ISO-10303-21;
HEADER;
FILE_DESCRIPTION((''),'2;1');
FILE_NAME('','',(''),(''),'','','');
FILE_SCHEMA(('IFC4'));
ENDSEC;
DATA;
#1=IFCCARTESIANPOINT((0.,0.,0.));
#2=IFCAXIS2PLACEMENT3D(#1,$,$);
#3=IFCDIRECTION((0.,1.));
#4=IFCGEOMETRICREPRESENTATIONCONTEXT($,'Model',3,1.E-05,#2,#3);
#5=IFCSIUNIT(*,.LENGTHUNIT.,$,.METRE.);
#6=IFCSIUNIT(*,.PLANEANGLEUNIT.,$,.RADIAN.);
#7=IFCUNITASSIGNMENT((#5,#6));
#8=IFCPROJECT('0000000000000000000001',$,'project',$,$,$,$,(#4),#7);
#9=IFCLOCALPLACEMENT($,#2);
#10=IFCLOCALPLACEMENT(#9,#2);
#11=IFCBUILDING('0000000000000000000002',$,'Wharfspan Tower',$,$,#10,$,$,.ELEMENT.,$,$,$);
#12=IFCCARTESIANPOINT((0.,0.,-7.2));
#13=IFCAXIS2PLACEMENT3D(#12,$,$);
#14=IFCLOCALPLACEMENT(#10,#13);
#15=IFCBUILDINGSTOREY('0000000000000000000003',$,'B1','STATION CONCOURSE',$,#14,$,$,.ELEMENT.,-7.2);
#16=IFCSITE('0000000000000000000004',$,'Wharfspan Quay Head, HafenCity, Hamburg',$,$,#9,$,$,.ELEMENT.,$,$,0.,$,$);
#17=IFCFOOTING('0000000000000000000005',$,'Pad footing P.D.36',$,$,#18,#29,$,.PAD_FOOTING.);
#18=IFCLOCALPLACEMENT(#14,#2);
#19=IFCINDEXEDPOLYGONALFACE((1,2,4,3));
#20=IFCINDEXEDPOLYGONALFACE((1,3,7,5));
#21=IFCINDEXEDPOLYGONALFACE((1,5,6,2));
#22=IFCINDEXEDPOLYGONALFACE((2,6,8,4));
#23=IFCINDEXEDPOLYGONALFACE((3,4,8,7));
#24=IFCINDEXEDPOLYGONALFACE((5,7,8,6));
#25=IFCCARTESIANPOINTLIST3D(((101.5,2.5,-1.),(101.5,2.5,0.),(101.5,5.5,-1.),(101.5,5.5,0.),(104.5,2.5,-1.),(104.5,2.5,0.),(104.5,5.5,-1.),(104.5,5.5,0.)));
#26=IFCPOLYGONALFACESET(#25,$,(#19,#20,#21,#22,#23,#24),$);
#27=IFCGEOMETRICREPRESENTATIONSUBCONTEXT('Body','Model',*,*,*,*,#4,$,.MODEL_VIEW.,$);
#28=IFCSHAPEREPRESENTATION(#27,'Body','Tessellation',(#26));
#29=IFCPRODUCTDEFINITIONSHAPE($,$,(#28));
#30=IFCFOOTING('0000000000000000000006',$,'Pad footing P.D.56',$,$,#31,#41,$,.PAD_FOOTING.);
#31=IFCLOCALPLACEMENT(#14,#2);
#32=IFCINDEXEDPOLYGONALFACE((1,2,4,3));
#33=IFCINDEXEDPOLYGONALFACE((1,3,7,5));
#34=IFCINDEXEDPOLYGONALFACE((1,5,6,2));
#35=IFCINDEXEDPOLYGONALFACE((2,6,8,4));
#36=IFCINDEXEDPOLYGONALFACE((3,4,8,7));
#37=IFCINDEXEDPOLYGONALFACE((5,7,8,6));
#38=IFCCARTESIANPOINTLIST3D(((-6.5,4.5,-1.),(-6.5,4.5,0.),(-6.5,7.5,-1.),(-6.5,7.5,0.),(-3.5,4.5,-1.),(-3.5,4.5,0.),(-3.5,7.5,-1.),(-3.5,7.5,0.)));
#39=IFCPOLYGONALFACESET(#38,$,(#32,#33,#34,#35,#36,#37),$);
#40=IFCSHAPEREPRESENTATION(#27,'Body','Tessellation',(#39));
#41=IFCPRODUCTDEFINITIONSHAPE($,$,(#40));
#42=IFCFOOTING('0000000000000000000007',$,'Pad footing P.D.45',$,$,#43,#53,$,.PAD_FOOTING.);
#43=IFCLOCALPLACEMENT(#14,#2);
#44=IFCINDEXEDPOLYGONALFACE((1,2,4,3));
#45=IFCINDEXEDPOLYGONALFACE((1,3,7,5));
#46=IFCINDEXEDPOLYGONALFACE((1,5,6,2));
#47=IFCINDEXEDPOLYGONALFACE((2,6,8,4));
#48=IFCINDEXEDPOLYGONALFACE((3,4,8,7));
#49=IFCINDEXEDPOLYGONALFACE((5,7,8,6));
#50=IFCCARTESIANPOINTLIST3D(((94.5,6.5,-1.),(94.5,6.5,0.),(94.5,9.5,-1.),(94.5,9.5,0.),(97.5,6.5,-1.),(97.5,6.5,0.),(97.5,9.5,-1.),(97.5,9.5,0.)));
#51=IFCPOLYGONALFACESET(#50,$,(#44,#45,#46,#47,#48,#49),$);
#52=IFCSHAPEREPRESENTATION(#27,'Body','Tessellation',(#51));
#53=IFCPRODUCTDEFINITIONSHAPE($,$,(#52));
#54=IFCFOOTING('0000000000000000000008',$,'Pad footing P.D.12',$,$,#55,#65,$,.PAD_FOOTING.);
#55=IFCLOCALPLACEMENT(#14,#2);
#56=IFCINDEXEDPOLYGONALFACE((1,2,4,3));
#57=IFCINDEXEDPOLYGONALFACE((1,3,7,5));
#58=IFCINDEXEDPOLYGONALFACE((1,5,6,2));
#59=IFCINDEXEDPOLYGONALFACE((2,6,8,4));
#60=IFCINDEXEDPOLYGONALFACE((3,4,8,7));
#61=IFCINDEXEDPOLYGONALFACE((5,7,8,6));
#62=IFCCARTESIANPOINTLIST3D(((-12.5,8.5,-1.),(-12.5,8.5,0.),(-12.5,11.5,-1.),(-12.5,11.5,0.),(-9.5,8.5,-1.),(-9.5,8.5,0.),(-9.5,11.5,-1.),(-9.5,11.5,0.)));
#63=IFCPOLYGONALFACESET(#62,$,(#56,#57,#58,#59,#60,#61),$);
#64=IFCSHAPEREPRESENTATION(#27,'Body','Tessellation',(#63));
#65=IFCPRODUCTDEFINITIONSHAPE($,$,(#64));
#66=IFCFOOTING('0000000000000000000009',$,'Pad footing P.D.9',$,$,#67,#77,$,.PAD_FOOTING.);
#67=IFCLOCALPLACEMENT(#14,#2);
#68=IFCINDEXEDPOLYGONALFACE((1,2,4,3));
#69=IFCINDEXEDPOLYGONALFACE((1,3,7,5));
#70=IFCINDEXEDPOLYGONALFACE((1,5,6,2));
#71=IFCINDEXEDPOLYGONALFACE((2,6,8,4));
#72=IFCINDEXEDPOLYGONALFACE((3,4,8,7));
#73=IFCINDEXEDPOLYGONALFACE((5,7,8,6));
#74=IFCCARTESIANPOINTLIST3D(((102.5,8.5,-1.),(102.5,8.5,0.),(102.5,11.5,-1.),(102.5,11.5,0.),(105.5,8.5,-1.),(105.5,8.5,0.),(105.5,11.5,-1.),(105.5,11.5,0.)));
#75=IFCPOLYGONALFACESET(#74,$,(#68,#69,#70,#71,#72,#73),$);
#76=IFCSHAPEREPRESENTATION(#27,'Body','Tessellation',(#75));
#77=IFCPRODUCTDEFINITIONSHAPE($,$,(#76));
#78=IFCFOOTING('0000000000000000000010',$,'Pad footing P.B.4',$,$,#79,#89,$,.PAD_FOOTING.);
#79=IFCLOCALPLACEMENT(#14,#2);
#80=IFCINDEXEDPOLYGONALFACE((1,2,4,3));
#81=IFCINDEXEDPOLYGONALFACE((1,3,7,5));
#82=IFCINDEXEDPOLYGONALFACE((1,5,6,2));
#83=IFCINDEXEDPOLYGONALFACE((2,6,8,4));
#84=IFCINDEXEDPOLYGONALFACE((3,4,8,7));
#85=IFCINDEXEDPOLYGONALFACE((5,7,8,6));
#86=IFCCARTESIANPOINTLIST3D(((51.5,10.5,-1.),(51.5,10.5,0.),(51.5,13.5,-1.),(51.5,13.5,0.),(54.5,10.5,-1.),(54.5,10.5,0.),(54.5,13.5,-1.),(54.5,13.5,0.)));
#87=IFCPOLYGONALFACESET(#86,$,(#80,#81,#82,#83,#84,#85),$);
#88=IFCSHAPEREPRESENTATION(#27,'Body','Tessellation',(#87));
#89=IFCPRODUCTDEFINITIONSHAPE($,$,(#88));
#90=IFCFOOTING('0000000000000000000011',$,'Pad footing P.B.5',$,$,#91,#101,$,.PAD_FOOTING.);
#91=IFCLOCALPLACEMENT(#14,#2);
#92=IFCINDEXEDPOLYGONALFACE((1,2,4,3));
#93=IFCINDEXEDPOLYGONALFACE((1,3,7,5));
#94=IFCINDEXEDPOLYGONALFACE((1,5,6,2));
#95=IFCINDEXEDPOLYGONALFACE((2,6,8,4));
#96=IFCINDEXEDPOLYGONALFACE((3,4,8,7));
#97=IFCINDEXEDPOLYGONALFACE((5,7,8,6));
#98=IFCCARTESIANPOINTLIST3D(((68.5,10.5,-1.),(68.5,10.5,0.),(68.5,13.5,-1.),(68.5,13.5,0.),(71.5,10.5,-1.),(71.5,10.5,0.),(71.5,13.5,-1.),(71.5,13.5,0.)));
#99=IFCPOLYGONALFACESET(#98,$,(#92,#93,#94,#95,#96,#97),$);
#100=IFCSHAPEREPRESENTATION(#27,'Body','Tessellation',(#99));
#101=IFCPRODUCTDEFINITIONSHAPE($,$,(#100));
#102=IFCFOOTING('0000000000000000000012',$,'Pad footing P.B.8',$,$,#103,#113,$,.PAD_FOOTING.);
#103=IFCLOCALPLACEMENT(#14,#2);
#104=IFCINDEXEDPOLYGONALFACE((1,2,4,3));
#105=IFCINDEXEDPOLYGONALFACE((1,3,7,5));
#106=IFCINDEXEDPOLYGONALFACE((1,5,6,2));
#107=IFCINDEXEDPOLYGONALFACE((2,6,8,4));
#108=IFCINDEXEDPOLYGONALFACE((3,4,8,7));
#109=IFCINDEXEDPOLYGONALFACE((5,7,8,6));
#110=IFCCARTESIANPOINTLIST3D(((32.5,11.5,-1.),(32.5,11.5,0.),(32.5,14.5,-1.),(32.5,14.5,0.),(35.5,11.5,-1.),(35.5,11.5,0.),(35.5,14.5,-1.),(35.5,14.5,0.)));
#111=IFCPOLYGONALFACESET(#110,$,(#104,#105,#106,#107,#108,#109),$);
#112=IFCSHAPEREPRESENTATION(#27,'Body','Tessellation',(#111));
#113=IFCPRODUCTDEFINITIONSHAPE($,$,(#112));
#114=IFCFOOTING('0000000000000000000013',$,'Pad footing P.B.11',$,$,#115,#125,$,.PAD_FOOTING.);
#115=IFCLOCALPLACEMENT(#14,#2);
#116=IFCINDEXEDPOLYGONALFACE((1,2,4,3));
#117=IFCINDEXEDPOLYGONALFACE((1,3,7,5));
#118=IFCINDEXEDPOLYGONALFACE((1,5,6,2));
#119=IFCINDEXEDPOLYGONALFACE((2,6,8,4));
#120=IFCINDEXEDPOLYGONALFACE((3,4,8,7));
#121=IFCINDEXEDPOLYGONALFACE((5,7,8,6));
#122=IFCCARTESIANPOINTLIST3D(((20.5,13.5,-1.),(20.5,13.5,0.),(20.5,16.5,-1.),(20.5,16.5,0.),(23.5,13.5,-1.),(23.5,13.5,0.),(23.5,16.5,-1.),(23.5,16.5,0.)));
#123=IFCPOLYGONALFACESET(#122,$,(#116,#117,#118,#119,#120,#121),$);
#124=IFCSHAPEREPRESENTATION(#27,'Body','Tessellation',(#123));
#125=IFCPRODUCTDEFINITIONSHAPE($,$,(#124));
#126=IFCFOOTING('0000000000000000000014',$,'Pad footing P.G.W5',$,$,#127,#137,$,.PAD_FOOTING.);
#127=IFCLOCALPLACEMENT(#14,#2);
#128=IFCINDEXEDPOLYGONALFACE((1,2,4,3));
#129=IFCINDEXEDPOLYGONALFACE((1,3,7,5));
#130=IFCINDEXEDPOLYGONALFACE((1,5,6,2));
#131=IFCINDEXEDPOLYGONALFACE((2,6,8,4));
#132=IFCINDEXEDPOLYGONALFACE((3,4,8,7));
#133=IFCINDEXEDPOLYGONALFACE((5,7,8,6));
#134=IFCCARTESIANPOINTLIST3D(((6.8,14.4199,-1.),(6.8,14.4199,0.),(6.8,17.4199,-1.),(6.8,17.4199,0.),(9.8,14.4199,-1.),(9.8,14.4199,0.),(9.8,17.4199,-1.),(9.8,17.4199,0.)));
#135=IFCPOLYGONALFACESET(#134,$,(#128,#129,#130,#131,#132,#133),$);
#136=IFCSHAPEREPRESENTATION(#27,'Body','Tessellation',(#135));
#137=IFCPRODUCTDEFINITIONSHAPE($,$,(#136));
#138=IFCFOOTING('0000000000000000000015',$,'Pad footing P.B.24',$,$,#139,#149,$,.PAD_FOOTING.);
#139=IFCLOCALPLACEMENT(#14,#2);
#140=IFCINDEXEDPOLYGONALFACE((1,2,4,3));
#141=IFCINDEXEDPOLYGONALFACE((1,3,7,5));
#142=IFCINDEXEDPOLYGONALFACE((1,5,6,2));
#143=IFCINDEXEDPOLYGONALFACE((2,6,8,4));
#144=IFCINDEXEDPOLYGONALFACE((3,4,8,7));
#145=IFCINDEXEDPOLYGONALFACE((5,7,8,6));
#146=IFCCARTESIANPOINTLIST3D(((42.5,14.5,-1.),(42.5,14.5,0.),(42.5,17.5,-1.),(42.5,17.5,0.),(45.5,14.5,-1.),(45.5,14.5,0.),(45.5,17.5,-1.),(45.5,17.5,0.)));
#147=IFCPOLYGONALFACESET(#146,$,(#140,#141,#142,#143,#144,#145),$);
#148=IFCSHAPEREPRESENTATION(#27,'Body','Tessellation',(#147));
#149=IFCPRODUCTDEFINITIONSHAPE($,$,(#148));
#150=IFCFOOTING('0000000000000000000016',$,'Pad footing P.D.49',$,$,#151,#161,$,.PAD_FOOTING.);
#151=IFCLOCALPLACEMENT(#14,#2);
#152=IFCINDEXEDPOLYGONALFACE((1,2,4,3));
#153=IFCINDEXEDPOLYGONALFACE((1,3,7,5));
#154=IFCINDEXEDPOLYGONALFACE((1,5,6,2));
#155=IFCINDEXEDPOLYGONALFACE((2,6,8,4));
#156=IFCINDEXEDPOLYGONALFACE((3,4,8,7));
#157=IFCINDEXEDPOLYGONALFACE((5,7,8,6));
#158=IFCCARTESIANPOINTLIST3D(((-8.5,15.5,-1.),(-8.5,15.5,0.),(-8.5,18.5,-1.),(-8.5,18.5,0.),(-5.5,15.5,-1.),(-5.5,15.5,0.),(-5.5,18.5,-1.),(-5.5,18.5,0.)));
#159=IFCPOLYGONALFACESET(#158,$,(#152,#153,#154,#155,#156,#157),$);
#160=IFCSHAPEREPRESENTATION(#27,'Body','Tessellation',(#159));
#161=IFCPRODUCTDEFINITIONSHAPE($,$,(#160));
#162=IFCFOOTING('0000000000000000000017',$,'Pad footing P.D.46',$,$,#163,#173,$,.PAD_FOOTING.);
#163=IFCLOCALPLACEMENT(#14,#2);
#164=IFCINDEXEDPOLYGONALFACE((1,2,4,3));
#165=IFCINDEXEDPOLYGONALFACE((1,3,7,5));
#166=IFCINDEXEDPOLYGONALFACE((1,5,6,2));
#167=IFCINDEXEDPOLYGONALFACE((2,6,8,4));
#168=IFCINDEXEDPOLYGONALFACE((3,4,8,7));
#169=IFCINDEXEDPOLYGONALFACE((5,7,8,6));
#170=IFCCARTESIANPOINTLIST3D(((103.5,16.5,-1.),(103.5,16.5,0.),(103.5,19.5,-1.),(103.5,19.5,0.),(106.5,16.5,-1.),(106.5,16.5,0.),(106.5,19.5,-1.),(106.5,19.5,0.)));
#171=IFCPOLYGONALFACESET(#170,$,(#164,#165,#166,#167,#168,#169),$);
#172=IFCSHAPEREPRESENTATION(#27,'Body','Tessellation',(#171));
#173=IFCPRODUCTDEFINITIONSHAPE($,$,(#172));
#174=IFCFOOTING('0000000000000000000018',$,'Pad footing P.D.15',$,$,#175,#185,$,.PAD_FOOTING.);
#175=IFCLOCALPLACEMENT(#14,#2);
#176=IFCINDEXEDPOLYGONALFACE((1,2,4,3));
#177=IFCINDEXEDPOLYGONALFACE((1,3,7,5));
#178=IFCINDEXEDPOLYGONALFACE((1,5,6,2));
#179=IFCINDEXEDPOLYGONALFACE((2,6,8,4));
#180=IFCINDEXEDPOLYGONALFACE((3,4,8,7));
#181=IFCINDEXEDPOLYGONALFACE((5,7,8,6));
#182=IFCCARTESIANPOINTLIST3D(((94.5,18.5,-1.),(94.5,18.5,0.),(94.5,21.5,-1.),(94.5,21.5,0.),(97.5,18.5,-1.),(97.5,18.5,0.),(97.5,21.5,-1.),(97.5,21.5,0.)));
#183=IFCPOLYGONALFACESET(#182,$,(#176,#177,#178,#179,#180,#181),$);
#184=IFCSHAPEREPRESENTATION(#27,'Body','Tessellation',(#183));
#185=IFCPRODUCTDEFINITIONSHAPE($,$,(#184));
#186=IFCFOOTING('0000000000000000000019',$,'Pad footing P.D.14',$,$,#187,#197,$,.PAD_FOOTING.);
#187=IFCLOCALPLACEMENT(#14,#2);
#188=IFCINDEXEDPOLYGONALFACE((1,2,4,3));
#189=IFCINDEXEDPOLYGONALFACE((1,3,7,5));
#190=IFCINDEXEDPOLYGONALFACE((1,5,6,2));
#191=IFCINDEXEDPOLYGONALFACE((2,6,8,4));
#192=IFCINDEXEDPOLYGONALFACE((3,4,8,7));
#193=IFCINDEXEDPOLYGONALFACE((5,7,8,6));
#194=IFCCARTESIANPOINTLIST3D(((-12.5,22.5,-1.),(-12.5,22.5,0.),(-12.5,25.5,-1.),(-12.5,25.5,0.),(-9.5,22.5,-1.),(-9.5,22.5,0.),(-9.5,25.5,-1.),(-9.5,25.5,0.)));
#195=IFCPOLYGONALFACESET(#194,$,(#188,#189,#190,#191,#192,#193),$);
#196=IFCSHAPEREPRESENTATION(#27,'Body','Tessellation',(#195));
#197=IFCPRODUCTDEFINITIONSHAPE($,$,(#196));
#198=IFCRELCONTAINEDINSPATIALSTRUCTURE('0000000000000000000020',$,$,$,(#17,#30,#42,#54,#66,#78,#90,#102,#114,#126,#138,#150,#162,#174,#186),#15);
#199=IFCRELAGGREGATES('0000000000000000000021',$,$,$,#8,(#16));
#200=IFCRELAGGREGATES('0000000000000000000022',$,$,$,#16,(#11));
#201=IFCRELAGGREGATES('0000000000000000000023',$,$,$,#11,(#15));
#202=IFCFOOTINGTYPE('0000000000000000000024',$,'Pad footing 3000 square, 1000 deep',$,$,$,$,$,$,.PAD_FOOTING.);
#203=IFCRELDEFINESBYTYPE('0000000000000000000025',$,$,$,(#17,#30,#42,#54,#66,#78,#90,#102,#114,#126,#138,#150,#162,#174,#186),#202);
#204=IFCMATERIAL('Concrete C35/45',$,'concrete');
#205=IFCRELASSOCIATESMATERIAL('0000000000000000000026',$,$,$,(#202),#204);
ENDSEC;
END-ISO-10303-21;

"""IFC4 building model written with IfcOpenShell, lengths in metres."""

from ifc_helpers import new_model, si_unit, direction, frame, origin, place, context, subcontext, project, spatial, polyline, outline, extrude, material, type_object, element, save


model = new_model("IFC4")

# Units and contexts
model_context = context("Model", 3, precision=1e-05, world=origin(), true_north=direction((0.0, 1.0)))
body_context = subcontext(model_context, "Body", "Model", "MODEL_VIEW")
ifc_project = project(units=[si_unit("LENGTHUNIT", "METRE"), si_unit("PLANEANGLEUNIT", "RADIAN")], contexts=[model_context])

# Site, building, storey
site_placement = place(None, origin())
site = spatial("IfcSite", under=ifc_project, at=site_placement, Name="Wharfspan Quay Head, HafenCity, Hamburg", CompositionType="ELEMENT", RefElevation=0.0)
building_placement = place(site_placement, origin())
building = spatial("IfcBuilding", under=site, at=building_placement, Name="Wharfspan Tower", CompositionType="ELEMENT")
storey_placement = place(building_placement, frame((0.0, 0.0, -7.2)))
storey = spatial("IfcBuildingStorey", under=building, at=storey_placement, Name="B1", Description="STATION CONCOURSE", CompositionType="ELEMENT", Elevation=-7.2)

# Footings
ifc_material_1 = material(Name="Concrete C35/45", Category="concrete")
footing_type_1 = type_object("IfcFootingType", Name="Pad footing 3000 square, 1000 deep", PredefinedType="PAD_FOOTING", material=ifc_material_1)
footing_1_placement = place(storey_placement, frame((0.0, 0.0, -1.0)))
element("IfcFooting", 1, at=footing_1_placement, inside=storey, type_object=footing_type_1, Name="Pad footing P.D.36", PredefinedType="PAD_FOOTING", context=body_context, shape_type="SweptSolid", body=[
    extrude(outline(polyline([(101.5, 2.5), (104.5, 2.5), (104.5, 5.5), (101.5, 5.5), (101.5, 2.5)])), origin(), (0.0, 0.0, 1.0), 1.0),
])
footing_2_placement = place(storey_placement, frame((0.0, 0.0, -1.0)))
element("IfcFooting", 2, at=footing_2_placement, inside=storey, type_object=footing_type_1, Name="Pad footing P.D.56", PredefinedType="PAD_FOOTING", context=body_context, shape_type="SweptSolid", body=[
    extrude(outline(polyline([(-6.5, 4.5), (-3.5, 4.5), (-3.5, 7.5), (-6.5, 7.5), (-6.5, 4.5)])), origin(), (0.0, 0.0, 1.0), 1.0),
])
footing_3_placement = place(storey_placement, frame((0.0, 0.0, -1.0)))
element("IfcFooting", 3, at=footing_3_placement, inside=storey, type_object=footing_type_1, Name="Pad footing P.D.45", PredefinedType="PAD_FOOTING", context=body_context, shape_type="SweptSolid", body=[
    extrude(outline(polyline([(94.5, 6.5), (97.5, 6.5), (97.5, 9.5), (94.5, 9.5), (94.5, 6.5)])), origin(), (0.0, 0.0, 1.0), 1.0),
])
footing_4_placement = place(storey_placement, frame((0.0, 0.0, -1.0)))
element("IfcFooting", 4, at=footing_4_placement, inside=storey, type_object=footing_type_1, Name="Pad footing P.D.12", PredefinedType="PAD_FOOTING", context=body_context, shape_type="SweptSolid", body=[
    extrude(outline(polyline([(-12.5, 8.5), (-9.5, 8.5), (-9.5, 11.5), (-12.5, 11.5), (-12.5, 8.5)])), origin(), (0.0, 0.0, 1.0), 1.0),
])
footing_5_placement = place(storey_placement, frame((0.0, 0.0, -1.0)))
element("IfcFooting", 5, at=footing_5_placement, inside=storey, type_object=footing_type_1, Name="Pad footing P.D.9", PredefinedType="PAD_FOOTING", context=body_context, shape_type="SweptSolid", body=[
    extrude(outline(polyline([(102.5, 8.5), (105.5, 8.5), (105.5, 11.5), (102.5, 11.5), (102.5, 8.5)])), origin(), (0.0, 0.0, 1.0), 1.0),
])
footing_6_placement = place(storey_placement, frame((0.0, 0.0, -1.0)))
element("IfcFooting", 6, at=footing_6_placement, inside=storey, type_object=footing_type_1, Name="Pad footing P.B.4", PredefinedType="PAD_FOOTING", context=body_context, shape_type="SweptSolid", body=[
    extrude(outline(polyline([(51.5, 10.5), (54.5, 10.5), (54.5, 13.5), (51.5, 13.5), (51.5, 10.5)])), origin(), (0.0, 0.0, 1.0), 1.0),
])
footing_7_placement = place(storey_placement, frame((0.0, 0.0, -1.0)))
element("IfcFooting", 7, at=footing_7_placement, inside=storey, type_object=footing_type_1, Name="Pad footing P.B.5", PredefinedType="PAD_FOOTING", context=body_context, shape_type="SweptSolid", body=[
    extrude(outline(polyline([(68.5, 10.5), (71.5, 10.5), (71.5, 13.5), (68.5, 13.5), (68.5, 10.5)])), origin(), (0.0, 0.0, 1.0), 1.0),
])
footing_8_placement = place(storey_placement, frame((0.0, 0.0, -1.0)))
element("IfcFooting", 8, at=footing_8_placement, inside=storey, type_object=footing_type_1, Name="Pad footing P.B.8", PredefinedType="PAD_FOOTING", context=body_context, shape_type="SweptSolid", body=[
    extrude(outline(polyline([(32.5, 11.5), (35.5, 11.5), (35.5, 14.5), (32.5, 14.5), (32.5, 11.5)])), origin(), (0.0, 0.0, 1.0), 1.0),
])
footing_9_placement = place(storey_placement, frame((0.0, 0.0, -1.0)))
element("IfcFooting", 9, at=footing_9_placement, inside=storey, type_object=footing_type_1, Name="Pad footing P.B.11", PredefinedType="PAD_FOOTING", context=body_context, shape_type="SweptSolid", body=[
    extrude(outline(polyline([(20.5, 13.5), (23.5, 13.5), (23.5, 16.5), (20.5, 16.5), (20.5, 13.5)])), origin(), (0.0, 0.0, 1.0), 1.0),
])
footing_10_placement = place(storey_placement, frame((0.0, 0.0, -1.0)))
element("IfcFooting", 10, at=footing_10_placement, inside=storey, type_object=footing_type_1, Name="Pad footing P.G.W5", PredefinedType="PAD_FOOTING", context=body_context, shape_type="SweptSolid", body=[
    extrude(outline(polyline([(6.8, 14.4199), (9.8, 14.4199), (9.8, 17.4199), (6.8, 17.4199), (6.8, 14.4199)])), origin(), (0.0, 0.0, 1.0), 1.0),
])
footing_11_placement = place(storey_placement, frame((0.0, 0.0, -1.0)))
element("IfcFooting", 11, at=footing_11_placement, inside=storey, type_object=footing_type_1, Name="Pad footing P.B.24", PredefinedType="PAD_FOOTING", context=body_context, shape_type="SweptSolid", body=[
    extrude(outline(polyline([(42.5, 14.5), (45.5, 14.5), (45.5, 17.5), (42.5, 17.5), (42.5, 14.5)])), origin(), (0.0, 0.0, 1.0), 1.0),
])
footing_12_placement = place(storey_placement, frame((0.0, 0.0, -1.0)))
element("IfcFooting", 12, at=footing_12_placement, inside=storey, type_object=footing_type_1, Name="Pad footing P.D.49", PredefinedType="PAD_FOOTING", context=body_context, shape_type="SweptSolid", body=[
    extrude(outline(polyline([(-8.5, 15.5), (-5.5, 15.5), (-5.5, 18.5), (-8.5, 18.5), (-8.5, 15.5)])), origin(), (0.0, 0.0, 1.0), 1.0),
])
footing_13_placement = place(storey_placement, frame((0.0, 0.0, -1.0)))
element("IfcFooting", 13, at=footing_13_placement, inside=storey, type_object=footing_type_1, Name="Pad footing P.D.46", PredefinedType="PAD_FOOTING", context=body_context, shape_type="SweptSolid", body=[
    extrude(outline(polyline([(103.5, 16.5), (106.5, 16.5), (106.5, 19.5), (103.5, 19.5), (103.5, 16.5)])), origin(), (0.0, 0.0, 1.0), 1.0),
])
footing_14_placement = place(storey_placement, frame((0.0, 0.0, -1.0)))
element("IfcFooting", 14, at=footing_14_placement, inside=storey, type_object=footing_type_1, Name="Pad footing P.D.15", PredefinedType="PAD_FOOTING", context=body_context, shape_type="SweptSolid", body=[
    extrude(outline(polyline([(94.5, 18.5), (97.5, 18.5), (97.5, 21.5), (94.5, 21.5), (94.5, 18.5)])), origin(), (0.0, 0.0, 1.0), 1.0),
])
footing_15_placement = place(storey_placement, frame((0.0, 0.0, -1.0)))
element("IfcFooting", 15, at=footing_15_placement, inside=storey, type_object=footing_type_1, Name="Pad footing P.D.14", PredefinedType="PAD_FOOTING", context=body_context, shape_type="SweptSolid", body=[
    extrude(outline(polyline([(-12.5, 22.5), (-9.5, 22.5), (-9.5, 25.5), (-12.5, 25.5), (-12.5, 22.5)])), origin(), (0.0, 0.0, 1.0), 1.0),
])

save(model, "model.ifc")
